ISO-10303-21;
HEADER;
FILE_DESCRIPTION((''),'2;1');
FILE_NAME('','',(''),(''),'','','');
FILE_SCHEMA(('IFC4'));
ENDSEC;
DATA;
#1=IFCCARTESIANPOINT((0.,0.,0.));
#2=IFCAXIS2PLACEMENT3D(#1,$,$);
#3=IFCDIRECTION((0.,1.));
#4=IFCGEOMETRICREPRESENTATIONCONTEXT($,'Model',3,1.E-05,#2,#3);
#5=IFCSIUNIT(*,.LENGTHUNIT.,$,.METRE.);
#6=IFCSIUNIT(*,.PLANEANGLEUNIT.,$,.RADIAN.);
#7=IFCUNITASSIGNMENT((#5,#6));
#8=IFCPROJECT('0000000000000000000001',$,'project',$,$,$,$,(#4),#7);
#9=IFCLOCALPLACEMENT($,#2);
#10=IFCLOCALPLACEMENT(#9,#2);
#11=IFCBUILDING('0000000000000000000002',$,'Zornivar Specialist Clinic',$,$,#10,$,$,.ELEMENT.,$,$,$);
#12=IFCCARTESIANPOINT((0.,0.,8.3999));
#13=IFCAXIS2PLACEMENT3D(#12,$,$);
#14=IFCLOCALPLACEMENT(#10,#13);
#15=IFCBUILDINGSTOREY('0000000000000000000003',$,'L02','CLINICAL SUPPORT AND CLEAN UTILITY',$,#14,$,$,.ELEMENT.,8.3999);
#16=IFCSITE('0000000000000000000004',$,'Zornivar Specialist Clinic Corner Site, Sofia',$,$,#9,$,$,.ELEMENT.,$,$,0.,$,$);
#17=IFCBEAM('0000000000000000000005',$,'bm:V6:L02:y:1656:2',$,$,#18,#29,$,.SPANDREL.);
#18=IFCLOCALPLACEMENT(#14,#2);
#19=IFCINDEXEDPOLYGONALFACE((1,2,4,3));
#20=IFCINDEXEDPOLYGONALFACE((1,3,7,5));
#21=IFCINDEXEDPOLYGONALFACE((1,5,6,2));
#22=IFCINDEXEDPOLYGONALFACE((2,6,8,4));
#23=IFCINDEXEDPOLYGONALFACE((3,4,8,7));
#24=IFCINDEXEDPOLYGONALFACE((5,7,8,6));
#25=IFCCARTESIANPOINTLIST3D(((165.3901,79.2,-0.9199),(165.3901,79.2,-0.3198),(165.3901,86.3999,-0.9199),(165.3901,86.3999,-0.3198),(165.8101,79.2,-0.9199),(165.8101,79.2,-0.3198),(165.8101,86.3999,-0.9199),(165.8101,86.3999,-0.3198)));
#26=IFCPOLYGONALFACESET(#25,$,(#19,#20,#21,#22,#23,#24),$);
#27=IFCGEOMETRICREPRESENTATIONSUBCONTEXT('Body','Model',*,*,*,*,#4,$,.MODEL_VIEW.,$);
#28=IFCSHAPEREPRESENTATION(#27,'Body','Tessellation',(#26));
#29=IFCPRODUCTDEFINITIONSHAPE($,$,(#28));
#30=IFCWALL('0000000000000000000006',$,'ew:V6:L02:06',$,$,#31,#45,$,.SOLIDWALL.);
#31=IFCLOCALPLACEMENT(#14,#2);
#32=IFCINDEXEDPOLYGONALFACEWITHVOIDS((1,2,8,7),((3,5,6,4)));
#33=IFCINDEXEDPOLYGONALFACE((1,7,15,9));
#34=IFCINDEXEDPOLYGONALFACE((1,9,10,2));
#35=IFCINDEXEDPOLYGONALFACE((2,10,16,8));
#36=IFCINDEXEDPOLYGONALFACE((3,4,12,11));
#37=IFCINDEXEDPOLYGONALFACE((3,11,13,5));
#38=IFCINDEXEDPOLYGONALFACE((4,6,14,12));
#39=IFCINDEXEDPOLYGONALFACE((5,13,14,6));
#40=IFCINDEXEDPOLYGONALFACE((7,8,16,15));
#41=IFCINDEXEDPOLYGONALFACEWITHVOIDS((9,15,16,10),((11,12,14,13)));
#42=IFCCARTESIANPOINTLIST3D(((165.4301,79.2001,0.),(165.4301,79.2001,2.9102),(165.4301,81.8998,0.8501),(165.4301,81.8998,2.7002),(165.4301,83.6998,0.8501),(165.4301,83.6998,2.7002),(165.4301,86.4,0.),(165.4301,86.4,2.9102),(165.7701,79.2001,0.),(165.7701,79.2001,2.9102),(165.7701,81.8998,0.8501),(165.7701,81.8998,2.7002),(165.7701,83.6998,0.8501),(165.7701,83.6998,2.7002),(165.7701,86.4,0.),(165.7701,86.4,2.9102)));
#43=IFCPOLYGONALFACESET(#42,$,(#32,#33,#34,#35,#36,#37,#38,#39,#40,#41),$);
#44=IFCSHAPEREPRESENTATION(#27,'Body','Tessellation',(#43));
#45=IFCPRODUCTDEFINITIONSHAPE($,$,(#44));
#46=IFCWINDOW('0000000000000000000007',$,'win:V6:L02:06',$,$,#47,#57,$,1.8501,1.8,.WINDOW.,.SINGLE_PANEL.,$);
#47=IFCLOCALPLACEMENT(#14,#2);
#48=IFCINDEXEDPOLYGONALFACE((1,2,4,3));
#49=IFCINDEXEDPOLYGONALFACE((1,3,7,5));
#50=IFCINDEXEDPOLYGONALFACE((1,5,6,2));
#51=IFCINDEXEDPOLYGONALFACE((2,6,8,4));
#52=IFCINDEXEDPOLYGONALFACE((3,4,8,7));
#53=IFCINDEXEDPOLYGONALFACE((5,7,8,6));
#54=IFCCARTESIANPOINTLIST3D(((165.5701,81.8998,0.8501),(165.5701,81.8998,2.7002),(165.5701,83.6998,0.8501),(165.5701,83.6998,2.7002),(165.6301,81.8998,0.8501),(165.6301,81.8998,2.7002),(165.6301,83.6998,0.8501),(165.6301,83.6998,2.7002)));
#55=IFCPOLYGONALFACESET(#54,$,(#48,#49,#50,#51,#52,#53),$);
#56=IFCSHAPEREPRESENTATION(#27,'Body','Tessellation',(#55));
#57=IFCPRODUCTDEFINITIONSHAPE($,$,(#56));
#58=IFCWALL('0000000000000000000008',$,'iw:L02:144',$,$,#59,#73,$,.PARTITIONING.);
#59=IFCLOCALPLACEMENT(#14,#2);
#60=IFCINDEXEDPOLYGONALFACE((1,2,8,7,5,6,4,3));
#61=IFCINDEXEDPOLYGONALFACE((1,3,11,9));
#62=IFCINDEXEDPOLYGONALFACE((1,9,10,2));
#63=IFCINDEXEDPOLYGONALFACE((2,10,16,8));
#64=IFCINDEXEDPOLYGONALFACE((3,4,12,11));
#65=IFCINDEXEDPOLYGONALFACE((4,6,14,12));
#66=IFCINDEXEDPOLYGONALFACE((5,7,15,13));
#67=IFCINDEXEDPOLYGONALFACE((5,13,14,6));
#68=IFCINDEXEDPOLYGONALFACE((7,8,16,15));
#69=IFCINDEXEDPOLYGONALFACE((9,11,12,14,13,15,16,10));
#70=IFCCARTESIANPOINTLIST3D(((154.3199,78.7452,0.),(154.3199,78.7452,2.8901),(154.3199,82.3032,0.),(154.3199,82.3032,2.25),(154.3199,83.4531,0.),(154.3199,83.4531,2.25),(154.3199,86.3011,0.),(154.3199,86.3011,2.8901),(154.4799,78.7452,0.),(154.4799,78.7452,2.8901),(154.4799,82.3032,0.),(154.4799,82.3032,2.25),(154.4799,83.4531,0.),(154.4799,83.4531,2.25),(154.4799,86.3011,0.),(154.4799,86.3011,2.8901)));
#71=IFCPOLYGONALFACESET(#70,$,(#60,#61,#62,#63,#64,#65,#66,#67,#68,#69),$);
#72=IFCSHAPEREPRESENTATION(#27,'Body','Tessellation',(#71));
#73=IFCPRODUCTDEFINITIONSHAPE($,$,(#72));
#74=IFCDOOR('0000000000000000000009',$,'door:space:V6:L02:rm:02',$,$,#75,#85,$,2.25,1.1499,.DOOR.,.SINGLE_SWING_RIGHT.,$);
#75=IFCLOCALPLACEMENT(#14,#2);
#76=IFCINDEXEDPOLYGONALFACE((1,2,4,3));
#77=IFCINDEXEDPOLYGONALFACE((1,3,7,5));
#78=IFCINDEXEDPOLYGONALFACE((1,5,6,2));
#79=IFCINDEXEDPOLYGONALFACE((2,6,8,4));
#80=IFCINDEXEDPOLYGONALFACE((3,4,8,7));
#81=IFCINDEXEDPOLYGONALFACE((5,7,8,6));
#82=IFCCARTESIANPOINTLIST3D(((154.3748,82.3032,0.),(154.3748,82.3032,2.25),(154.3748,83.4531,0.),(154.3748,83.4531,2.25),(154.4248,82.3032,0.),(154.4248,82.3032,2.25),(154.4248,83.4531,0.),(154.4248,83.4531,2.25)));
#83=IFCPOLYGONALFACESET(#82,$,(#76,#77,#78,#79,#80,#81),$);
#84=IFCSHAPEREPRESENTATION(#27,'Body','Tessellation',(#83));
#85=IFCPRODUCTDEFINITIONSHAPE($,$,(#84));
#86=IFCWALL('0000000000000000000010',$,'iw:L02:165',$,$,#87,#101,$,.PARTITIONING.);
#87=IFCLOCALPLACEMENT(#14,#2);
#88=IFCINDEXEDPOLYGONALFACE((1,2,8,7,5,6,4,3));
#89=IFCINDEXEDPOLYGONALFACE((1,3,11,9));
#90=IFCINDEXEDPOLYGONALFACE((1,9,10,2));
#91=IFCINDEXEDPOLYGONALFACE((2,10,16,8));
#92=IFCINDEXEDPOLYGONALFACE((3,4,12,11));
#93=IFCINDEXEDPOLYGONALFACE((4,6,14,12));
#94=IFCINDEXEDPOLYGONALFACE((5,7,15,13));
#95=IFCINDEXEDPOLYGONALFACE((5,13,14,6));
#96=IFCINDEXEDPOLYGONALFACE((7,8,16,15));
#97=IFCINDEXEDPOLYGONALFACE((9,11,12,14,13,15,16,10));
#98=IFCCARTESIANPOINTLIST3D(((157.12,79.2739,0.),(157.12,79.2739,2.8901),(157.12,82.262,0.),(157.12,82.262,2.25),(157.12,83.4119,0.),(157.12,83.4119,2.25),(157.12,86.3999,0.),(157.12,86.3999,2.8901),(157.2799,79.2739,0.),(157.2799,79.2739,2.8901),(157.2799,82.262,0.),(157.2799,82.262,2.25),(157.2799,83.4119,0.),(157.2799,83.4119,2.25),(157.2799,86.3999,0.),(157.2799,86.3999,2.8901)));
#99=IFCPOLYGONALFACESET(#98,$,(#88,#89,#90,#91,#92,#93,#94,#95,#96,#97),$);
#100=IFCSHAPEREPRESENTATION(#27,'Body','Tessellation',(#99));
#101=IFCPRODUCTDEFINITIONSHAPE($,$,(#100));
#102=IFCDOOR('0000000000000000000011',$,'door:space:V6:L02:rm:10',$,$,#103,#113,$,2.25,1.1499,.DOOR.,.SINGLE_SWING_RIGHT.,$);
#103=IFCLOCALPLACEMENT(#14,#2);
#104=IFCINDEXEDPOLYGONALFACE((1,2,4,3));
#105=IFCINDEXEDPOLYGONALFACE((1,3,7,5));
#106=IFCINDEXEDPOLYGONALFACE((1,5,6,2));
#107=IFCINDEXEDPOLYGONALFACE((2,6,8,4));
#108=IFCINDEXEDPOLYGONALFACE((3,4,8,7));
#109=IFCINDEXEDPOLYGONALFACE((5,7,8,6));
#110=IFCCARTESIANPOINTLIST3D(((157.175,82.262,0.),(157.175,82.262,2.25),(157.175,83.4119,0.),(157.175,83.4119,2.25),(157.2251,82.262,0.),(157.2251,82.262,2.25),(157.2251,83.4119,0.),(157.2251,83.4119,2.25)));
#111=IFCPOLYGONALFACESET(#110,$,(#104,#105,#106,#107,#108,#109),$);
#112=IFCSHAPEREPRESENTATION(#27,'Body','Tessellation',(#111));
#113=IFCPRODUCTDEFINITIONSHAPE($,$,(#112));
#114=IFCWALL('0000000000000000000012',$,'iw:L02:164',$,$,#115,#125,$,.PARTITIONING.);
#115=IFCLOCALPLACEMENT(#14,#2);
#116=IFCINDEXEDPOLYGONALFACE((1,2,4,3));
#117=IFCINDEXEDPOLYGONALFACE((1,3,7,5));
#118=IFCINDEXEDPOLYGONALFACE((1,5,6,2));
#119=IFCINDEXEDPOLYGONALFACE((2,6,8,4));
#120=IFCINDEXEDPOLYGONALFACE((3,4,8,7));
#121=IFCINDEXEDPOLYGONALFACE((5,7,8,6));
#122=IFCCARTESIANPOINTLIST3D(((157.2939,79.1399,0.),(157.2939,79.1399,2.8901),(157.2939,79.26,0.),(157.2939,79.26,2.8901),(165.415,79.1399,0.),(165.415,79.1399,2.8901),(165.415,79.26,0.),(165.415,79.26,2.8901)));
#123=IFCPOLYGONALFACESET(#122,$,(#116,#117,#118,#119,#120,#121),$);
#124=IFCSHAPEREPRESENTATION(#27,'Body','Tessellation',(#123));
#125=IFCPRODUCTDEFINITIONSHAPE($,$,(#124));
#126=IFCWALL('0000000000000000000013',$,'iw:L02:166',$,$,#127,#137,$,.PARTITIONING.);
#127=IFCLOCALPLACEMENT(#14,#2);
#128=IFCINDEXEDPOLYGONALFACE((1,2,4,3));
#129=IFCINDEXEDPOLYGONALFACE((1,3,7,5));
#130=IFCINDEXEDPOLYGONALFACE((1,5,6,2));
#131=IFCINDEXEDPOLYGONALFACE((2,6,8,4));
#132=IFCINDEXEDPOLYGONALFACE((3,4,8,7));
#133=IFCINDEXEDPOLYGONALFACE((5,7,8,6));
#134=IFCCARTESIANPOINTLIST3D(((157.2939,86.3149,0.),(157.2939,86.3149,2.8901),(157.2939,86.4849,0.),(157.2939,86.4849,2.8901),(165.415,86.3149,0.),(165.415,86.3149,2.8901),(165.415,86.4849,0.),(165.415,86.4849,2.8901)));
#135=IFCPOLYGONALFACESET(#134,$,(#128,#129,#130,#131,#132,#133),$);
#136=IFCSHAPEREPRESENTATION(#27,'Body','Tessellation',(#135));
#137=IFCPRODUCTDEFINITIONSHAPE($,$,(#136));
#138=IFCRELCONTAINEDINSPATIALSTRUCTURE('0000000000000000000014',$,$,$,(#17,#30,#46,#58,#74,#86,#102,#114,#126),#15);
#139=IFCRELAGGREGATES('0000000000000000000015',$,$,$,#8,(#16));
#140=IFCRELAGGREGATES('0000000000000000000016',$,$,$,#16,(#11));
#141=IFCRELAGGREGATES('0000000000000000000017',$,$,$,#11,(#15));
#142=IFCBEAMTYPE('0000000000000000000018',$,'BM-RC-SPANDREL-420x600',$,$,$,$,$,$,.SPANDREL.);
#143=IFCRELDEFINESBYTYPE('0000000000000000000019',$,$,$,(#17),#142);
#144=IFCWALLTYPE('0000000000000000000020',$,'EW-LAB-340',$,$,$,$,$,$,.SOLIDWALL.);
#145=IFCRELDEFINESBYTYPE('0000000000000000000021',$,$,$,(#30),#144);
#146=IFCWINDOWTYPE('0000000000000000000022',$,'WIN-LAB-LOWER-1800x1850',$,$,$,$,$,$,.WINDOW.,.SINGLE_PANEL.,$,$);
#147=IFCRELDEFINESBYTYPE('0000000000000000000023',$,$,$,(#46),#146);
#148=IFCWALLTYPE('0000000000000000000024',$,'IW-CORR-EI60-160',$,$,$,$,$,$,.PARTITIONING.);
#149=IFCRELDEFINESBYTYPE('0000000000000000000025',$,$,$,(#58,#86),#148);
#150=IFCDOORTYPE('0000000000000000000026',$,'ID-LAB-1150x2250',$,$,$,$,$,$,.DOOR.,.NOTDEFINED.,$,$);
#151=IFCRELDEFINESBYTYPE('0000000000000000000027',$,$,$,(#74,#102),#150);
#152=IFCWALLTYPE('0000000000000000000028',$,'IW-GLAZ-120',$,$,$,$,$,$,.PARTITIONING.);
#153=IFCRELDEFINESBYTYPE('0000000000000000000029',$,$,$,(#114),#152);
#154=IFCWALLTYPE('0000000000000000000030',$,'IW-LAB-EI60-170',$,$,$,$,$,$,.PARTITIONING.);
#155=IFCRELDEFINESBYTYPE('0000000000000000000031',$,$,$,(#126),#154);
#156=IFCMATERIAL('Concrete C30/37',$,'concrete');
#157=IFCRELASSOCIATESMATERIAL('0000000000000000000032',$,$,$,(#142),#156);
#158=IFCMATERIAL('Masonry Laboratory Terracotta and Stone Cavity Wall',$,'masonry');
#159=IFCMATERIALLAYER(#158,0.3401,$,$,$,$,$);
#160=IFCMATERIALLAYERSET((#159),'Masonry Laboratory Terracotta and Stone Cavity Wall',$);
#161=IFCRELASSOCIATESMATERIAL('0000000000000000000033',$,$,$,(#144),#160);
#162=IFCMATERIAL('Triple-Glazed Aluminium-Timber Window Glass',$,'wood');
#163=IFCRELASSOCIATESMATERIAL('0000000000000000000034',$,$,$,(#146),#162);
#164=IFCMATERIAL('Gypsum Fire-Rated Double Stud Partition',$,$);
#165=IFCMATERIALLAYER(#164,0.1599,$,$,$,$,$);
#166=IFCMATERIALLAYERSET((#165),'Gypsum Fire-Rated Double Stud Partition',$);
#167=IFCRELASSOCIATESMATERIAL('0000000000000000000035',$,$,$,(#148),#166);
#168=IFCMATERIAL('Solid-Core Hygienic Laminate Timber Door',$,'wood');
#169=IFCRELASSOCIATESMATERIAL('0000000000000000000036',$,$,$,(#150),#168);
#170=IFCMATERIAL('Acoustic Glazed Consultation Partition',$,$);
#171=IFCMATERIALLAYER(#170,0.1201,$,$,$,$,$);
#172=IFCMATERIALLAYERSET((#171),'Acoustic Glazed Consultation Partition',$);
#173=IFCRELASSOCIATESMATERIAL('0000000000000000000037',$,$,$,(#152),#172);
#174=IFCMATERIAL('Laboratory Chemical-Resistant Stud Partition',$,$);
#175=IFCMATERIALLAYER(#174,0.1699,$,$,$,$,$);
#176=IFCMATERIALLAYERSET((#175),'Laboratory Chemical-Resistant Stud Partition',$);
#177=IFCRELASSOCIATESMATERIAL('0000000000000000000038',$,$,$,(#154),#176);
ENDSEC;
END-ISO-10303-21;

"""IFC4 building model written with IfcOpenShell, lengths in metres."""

from ifc_helpers import new_model, si_unit, direction, frame, frame_2d, origin, origin_2d, place, context, subcontext, project, spatial, rectangle, extrude, material, layer, layer_set, material_profile, profile_set, type_object, element, fill, save


model = new_model("IFC4")

# Units and contexts
model_context = context("Model", 3, precision=1e-05, world=origin(), true_north=direction((0.0, 1.0)))
body_context = subcontext(model_context, "Body", "Model", "MODEL_VIEW")
ifc_project = project(units=[si_unit("LENGTHUNIT", "METRE"), si_unit("PLANEANGLEUNIT", "RADIAN")], contexts=[model_context])

# Site, building, storey
site_placement = place(None, origin())
site = spatial("IfcSite", under=ifc_project, at=site_placement, Name="Zornivar Specialist Clinic Corner Site, Sofia", CompositionType="ELEMENT", RefElevation=0.0)
building_placement = place(site_placement, origin())
building = spatial("IfcBuilding", under=site, at=building_placement, Name="Zornivar Specialist Clinic", CompositionType="ELEMENT")
storey_placement = place(building_placement, frame((0.0, 0.0, 8.3999)))
storey = spatial("IfcBuildingStorey", under=building, at=storey_placement, Name="L02", Description="CLINICAL SUPPORT AND CLEAN UTILITY", CompositionType="ELEMENT", Elevation=8.3999)

# Beam
ifc_material_1 = material(Name="Concrete C30/37", Category="concrete")
ifc_material_profile_1 = material_profile(ifc_material_1, rectangle(XDim=0.4199, YDim=0.6001, at=origin_2d()), Name="RC 420x600")
ifc_profile_set_1 = profile_set([ifc_material_profile_1], Name="Concrete C30/37")
beam_type_1 = type_object("IfcBeamType", Name="BM-RC-SPANDREL-420x600", PredefinedType="SPANDREL", material=ifc_profile_set_1)
beam_1_placement = place(storey_placement, frame((165.6001, 79.2, -0.6199), z_axis=(0.0, 1.0, 0.0), x_axis=(-1.0, 0.0, 0.0)))
element("IfcBeam", 1, at=beam_1_placement, inside=storey, type_object=beam_type_1, Name="bm:V6:L02:y:1656:2", PredefinedType="SPANDREL", context=body_context, shape_type="SweptSolid", body=[
    extrude(rectangle(XDim=0.4199, YDim=0.6001, at=origin_2d()), origin(), (0.0, 0.0, 1.0), 7.2),
])

# Wall, opening, window
ifc_material_2 = material(Name="Masonry Laboratory Terracotta and Stone Cavity Wall", Category="masonry")
ifc_layer_1 = layer(ifc_material_2, 0.3401)
ifc_layer_set_1 = layer_set([ifc_layer_1], Name="Masonry Laboratory Terracotta and Stone Cavity Wall")
wall_type_1 = type_object("IfcWallType", Name="EW-LAB-340", PredefinedType="SOLIDWALL", material=ifc_layer_set_1)
wall_1_placement = place(storey_placement, frame((165.6001, 79.2, 0.0), z_axis=(0.0, 0.0, 1.0), x_axis=(0.0, 1.0, 0.0)))
wall_1 = element("IfcWall", 2, at=wall_1_placement, inside=storey, type_object=wall_type_1, Name="ew:V6:L02:06", PredefinedType="SOLIDWALL", context=body_context, shape_type="SweptSolid", body=[
    extrude(rectangle(XDim=7.2, YDim=0.3401, at=frame_2d((3.6001, 0.0))), origin(), (0.0, 0.0, 1.0), 2.9102),
])
opening_1_placement = place(wall_1_placement, frame((2.7, 0.0, 0.8501)))
opening_1 = element("IfcOpeningElement", 3, at=opening_1_placement, cuts=wall_1, PredefinedType="OPENING", context=body_context, shape_type="SweptSolid", body=[
    extrude(rectangle(XDim=1.8, YDim=1.8501, at=frame_2d((0.8999, 0.925))), frame((0.0, 0.1799, 0.0), z_axis=(0.0, -1.0, 0.0), x_axis=(1.0, 0.0, 0.0)), (0.0, 0.0, 1.0), 0.3601),
])
ifc_material_3 = material(Name="Triple-Glazed Aluminium-Timber Window Glass", Category="wood")
window_type = type_object("IfcWindowType", Name="WIN-LAB-LOWER-1800x1850", PartitioningType="SINGLE_PANEL", PredefinedType="WINDOW", material=ifc_material_3)
window_placement = place(opening_1_placement, origin())
window = element("IfcWindow", 4, at=window_placement, inside=storey, type_object=window_type, Name="win:V6:L02:06", OverallHeight=1.8501, OverallWidth=1.8, PartitioningType="SINGLE_PANEL", PredefinedType="WINDOW", context=body_context, shape_type="SweptSolid", body=[
    extrude(rectangle(XDim=1.8, YDim=1.8501, at=frame_2d((0.8999, 0.925))), frame((0.0, 0.03, 0.0), z_axis=(0.0, -1.0, 0.0), x_axis=(1.0, 0.0, 0.0)), (0.0, 0.0, 1.0), 0.0601),
])
fill(opening_1, window)

# Walls, openings, doors
ifc_material_4 = material(Name="Gypsum Fire-Rated Double Stud Partition")
ifc_layer_2 = layer(ifc_material_4, 0.1599)
ifc_layer_set_2 = layer_set([ifc_layer_2], Name="Gypsum Fire-Rated Double Stud Partition")
wall_type_2 = type_object("IfcWallType", Name="IW-CORR-EI60-160", PredefinedType="PARTITIONING", material=ifc_layer_set_2)
wall_2_placement = place(storey_placement, frame((154.3999, 86.301, 0.0), z_axis=(0.0, 0.0, 1.0), x_axis=(0.0, -1.0, 0.0)))
wall_2 = element("IfcWall", 5, at=wall_2_placement, inside=storey, type_object=wall_type_2, Name="iw:L02:144", PredefinedType="PARTITIONING", context=body_context, shape_type="SweptSolid", body=[
    extrude(rectangle(XDim=7.5559, YDim=0.1599, at=frame_2d((3.7778, 0.0))), origin(), (0.0, 0.0, 1.0), 2.8901),
])
opening_2_placement = place(wall_2_placement, frame((2.8479, 0.0, 0.0)))
opening_2 = element("IfcOpeningElement", 6, at=opening_2_placement, cuts=wall_2, PredefinedType="OPENING", context=body_context, shape_type="SweptSolid", body=[
    extrude(rectangle(XDim=1.1499, YDim=2.25, at=frame_2d((0.575, 1.125))), frame((0.0, 0.0898, 0.0), z_axis=(0.0, -1.0, 0.0), x_axis=(1.0, 0.0, 0.0)), (0.0, 0.0, 1.0), 0.1799),
])
ifc_material_5 = material(Name="Solid-Core Hygienic Laminate Timber Door", Category="wood")
door_type_1 = type_object("IfcDoorType", Name="ID-LAB-1150x2250", OperationType="NOTDEFINED", PredefinedType="DOOR", material=ifc_material_5)
door_1_placement = place(opening_2_placement, origin())
door_1 = element("IfcDoor", 7, at=door_1_placement, inside=storey, type_object=door_type_1, Name="door:space:V6:L02:rm:02", OperationType="SINGLE_SWING_RIGHT", OverallHeight=2.25, OverallWidth=1.1499, PredefinedType="DOOR", context=body_context, shape_type="SweptSolid", body=[
    extrude(rectangle(XDim=1.1499, YDim=2.25, at=frame_2d((0.575, 1.125))), frame((0.0, 0.0249, 0.0), z_axis=(0.0, -1.0, 0.0), x_axis=(1.0, 0.0, 0.0)), (0.0, 0.0, 1.0), 0.05),
])
fill(opening_2, door_1)
wall_3_placement = place(storey_placement, frame((157.2, 79.2739, 0.0), z_axis=(0.0, 0.0, 1.0), x_axis=(0.0, 1.0, 0.0)))
wall_3 = element("IfcWall", 8, at=wall_3_placement, inside=storey, type_object=wall_type_2, Name="iw:L02:165", PredefinedType="PARTITIONING", context=body_context, shape_type="SweptSolid", body=[
    extrude(rectangle(XDim=7.126, YDim=0.1599, at=frame_2d((3.563, 0.0))), origin(), (0.0, 0.0, 1.0), 2.8901),
])
opening_3_placement = place(wall_3_placement, frame((2.988, 0.0, 0.0)))
opening_3 = element("IfcOpeningElement", 9, at=opening_3_placement, cuts=wall_3, PredefinedType="OPENING", context=body_context, shape_type="SweptSolid", body=[
    extrude(rectangle(XDim=1.1499, YDim=2.25, at=frame_2d((0.575, 1.125))), frame((0.0, 0.0898, 0.0), z_axis=(0.0, -1.0, 0.0), x_axis=(1.0, 0.0, 0.0)), (0.0, 0.0, 1.0), 0.1799),
])
door_2_placement = place(opening_3_placement, origin())
door_2 = element("IfcDoor", 10, at=door_2_placement, inside=storey, type_object=door_type_1, Name="door:space:V6:L02:rm:10", OperationType="SINGLE_SWING_RIGHT", OverallHeight=2.25, OverallWidth=1.1499, PredefinedType="DOOR", context=body_context, shape_type="SweptSolid", body=[
    extrude(rectangle(XDim=1.1499, YDim=2.25, at=frame_2d((0.575, 1.125))), frame((0.0, 0.0249, 0.0), z_axis=(0.0, -1.0, 0.0), x_axis=(1.0, 0.0, 0.0)), (0.0, 0.0, 1.0), 0.05),
])
fill(opening_3, door_2)

# Walls
ifc_material_6 = material(Name="Acoustic Glazed Consultation Partition")
ifc_layer_3 = layer(ifc_material_6, 0.1201)
ifc_layer_set_3 = layer_set([ifc_layer_3], Name="Acoustic Glazed Consultation Partition")
wall_type_3 = type_object("IfcWallType", Name="IW-GLAZ-120", PredefinedType="PARTITIONING", material=ifc_layer_set_3)
wall_4_placement = place(storey_placement, frame((157.2939, 79.2, 0.0), z_axis=(0.0, 0.0, 1.0), x_axis=(1.0, 0.0, 0.0)))
element("IfcWall", 11, at=wall_4_placement, inside=storey, type_object=wall_type_3, Name="iw:L02:164", PredefinedType="PARTITIONING", context=body_context, shape_type="SweptSolid", body=[
    extrude(rectangle(XDim=8.1211, YDim=0.1201, at=frame_2d((4.0605, 0.0))), origin(), (0.0, 0.0, 1.0), 2.8901),
])
ifc_material_7 = material(Name="Laboratory Chemical-Resistant Stud Partition")
ifc_layer_4 = layer(ifc_material_7, 0.1699)
ifc_layer_set_4 = layer_set([ifc_layer_4], Name="Laboratory Chemical-Resistant Stud Partition")
wall_type_4 = type_object("IfcWallType", Name="IW-LAB-EI60-170", PredefinedType="PARTITIONING", material=ifc_layer_set_4)
wall_5_placement = place(storey_placement, frame((157.2939, 86.3999, 0.0), z_axis=(0.0, 0.0, 1.0), x_axis=(1.0, 0.0, 0.0)))
element("IfcWall", 12, at=wall_5_placement, inside=storey, type_object=wall_type_4, Name="iw:L02:166", PredefinedType="PARTITIONING", context=body_context, shape_type="SweptSolid", body=[
    extrude(rectangle(XDim=8.1211, YDim=0.1699, at=frame_2d((4.0605, 0.0))), origin(), (0.0, 0.0, 1.0), 2.8901),
])

save(model, "model.ifc")
